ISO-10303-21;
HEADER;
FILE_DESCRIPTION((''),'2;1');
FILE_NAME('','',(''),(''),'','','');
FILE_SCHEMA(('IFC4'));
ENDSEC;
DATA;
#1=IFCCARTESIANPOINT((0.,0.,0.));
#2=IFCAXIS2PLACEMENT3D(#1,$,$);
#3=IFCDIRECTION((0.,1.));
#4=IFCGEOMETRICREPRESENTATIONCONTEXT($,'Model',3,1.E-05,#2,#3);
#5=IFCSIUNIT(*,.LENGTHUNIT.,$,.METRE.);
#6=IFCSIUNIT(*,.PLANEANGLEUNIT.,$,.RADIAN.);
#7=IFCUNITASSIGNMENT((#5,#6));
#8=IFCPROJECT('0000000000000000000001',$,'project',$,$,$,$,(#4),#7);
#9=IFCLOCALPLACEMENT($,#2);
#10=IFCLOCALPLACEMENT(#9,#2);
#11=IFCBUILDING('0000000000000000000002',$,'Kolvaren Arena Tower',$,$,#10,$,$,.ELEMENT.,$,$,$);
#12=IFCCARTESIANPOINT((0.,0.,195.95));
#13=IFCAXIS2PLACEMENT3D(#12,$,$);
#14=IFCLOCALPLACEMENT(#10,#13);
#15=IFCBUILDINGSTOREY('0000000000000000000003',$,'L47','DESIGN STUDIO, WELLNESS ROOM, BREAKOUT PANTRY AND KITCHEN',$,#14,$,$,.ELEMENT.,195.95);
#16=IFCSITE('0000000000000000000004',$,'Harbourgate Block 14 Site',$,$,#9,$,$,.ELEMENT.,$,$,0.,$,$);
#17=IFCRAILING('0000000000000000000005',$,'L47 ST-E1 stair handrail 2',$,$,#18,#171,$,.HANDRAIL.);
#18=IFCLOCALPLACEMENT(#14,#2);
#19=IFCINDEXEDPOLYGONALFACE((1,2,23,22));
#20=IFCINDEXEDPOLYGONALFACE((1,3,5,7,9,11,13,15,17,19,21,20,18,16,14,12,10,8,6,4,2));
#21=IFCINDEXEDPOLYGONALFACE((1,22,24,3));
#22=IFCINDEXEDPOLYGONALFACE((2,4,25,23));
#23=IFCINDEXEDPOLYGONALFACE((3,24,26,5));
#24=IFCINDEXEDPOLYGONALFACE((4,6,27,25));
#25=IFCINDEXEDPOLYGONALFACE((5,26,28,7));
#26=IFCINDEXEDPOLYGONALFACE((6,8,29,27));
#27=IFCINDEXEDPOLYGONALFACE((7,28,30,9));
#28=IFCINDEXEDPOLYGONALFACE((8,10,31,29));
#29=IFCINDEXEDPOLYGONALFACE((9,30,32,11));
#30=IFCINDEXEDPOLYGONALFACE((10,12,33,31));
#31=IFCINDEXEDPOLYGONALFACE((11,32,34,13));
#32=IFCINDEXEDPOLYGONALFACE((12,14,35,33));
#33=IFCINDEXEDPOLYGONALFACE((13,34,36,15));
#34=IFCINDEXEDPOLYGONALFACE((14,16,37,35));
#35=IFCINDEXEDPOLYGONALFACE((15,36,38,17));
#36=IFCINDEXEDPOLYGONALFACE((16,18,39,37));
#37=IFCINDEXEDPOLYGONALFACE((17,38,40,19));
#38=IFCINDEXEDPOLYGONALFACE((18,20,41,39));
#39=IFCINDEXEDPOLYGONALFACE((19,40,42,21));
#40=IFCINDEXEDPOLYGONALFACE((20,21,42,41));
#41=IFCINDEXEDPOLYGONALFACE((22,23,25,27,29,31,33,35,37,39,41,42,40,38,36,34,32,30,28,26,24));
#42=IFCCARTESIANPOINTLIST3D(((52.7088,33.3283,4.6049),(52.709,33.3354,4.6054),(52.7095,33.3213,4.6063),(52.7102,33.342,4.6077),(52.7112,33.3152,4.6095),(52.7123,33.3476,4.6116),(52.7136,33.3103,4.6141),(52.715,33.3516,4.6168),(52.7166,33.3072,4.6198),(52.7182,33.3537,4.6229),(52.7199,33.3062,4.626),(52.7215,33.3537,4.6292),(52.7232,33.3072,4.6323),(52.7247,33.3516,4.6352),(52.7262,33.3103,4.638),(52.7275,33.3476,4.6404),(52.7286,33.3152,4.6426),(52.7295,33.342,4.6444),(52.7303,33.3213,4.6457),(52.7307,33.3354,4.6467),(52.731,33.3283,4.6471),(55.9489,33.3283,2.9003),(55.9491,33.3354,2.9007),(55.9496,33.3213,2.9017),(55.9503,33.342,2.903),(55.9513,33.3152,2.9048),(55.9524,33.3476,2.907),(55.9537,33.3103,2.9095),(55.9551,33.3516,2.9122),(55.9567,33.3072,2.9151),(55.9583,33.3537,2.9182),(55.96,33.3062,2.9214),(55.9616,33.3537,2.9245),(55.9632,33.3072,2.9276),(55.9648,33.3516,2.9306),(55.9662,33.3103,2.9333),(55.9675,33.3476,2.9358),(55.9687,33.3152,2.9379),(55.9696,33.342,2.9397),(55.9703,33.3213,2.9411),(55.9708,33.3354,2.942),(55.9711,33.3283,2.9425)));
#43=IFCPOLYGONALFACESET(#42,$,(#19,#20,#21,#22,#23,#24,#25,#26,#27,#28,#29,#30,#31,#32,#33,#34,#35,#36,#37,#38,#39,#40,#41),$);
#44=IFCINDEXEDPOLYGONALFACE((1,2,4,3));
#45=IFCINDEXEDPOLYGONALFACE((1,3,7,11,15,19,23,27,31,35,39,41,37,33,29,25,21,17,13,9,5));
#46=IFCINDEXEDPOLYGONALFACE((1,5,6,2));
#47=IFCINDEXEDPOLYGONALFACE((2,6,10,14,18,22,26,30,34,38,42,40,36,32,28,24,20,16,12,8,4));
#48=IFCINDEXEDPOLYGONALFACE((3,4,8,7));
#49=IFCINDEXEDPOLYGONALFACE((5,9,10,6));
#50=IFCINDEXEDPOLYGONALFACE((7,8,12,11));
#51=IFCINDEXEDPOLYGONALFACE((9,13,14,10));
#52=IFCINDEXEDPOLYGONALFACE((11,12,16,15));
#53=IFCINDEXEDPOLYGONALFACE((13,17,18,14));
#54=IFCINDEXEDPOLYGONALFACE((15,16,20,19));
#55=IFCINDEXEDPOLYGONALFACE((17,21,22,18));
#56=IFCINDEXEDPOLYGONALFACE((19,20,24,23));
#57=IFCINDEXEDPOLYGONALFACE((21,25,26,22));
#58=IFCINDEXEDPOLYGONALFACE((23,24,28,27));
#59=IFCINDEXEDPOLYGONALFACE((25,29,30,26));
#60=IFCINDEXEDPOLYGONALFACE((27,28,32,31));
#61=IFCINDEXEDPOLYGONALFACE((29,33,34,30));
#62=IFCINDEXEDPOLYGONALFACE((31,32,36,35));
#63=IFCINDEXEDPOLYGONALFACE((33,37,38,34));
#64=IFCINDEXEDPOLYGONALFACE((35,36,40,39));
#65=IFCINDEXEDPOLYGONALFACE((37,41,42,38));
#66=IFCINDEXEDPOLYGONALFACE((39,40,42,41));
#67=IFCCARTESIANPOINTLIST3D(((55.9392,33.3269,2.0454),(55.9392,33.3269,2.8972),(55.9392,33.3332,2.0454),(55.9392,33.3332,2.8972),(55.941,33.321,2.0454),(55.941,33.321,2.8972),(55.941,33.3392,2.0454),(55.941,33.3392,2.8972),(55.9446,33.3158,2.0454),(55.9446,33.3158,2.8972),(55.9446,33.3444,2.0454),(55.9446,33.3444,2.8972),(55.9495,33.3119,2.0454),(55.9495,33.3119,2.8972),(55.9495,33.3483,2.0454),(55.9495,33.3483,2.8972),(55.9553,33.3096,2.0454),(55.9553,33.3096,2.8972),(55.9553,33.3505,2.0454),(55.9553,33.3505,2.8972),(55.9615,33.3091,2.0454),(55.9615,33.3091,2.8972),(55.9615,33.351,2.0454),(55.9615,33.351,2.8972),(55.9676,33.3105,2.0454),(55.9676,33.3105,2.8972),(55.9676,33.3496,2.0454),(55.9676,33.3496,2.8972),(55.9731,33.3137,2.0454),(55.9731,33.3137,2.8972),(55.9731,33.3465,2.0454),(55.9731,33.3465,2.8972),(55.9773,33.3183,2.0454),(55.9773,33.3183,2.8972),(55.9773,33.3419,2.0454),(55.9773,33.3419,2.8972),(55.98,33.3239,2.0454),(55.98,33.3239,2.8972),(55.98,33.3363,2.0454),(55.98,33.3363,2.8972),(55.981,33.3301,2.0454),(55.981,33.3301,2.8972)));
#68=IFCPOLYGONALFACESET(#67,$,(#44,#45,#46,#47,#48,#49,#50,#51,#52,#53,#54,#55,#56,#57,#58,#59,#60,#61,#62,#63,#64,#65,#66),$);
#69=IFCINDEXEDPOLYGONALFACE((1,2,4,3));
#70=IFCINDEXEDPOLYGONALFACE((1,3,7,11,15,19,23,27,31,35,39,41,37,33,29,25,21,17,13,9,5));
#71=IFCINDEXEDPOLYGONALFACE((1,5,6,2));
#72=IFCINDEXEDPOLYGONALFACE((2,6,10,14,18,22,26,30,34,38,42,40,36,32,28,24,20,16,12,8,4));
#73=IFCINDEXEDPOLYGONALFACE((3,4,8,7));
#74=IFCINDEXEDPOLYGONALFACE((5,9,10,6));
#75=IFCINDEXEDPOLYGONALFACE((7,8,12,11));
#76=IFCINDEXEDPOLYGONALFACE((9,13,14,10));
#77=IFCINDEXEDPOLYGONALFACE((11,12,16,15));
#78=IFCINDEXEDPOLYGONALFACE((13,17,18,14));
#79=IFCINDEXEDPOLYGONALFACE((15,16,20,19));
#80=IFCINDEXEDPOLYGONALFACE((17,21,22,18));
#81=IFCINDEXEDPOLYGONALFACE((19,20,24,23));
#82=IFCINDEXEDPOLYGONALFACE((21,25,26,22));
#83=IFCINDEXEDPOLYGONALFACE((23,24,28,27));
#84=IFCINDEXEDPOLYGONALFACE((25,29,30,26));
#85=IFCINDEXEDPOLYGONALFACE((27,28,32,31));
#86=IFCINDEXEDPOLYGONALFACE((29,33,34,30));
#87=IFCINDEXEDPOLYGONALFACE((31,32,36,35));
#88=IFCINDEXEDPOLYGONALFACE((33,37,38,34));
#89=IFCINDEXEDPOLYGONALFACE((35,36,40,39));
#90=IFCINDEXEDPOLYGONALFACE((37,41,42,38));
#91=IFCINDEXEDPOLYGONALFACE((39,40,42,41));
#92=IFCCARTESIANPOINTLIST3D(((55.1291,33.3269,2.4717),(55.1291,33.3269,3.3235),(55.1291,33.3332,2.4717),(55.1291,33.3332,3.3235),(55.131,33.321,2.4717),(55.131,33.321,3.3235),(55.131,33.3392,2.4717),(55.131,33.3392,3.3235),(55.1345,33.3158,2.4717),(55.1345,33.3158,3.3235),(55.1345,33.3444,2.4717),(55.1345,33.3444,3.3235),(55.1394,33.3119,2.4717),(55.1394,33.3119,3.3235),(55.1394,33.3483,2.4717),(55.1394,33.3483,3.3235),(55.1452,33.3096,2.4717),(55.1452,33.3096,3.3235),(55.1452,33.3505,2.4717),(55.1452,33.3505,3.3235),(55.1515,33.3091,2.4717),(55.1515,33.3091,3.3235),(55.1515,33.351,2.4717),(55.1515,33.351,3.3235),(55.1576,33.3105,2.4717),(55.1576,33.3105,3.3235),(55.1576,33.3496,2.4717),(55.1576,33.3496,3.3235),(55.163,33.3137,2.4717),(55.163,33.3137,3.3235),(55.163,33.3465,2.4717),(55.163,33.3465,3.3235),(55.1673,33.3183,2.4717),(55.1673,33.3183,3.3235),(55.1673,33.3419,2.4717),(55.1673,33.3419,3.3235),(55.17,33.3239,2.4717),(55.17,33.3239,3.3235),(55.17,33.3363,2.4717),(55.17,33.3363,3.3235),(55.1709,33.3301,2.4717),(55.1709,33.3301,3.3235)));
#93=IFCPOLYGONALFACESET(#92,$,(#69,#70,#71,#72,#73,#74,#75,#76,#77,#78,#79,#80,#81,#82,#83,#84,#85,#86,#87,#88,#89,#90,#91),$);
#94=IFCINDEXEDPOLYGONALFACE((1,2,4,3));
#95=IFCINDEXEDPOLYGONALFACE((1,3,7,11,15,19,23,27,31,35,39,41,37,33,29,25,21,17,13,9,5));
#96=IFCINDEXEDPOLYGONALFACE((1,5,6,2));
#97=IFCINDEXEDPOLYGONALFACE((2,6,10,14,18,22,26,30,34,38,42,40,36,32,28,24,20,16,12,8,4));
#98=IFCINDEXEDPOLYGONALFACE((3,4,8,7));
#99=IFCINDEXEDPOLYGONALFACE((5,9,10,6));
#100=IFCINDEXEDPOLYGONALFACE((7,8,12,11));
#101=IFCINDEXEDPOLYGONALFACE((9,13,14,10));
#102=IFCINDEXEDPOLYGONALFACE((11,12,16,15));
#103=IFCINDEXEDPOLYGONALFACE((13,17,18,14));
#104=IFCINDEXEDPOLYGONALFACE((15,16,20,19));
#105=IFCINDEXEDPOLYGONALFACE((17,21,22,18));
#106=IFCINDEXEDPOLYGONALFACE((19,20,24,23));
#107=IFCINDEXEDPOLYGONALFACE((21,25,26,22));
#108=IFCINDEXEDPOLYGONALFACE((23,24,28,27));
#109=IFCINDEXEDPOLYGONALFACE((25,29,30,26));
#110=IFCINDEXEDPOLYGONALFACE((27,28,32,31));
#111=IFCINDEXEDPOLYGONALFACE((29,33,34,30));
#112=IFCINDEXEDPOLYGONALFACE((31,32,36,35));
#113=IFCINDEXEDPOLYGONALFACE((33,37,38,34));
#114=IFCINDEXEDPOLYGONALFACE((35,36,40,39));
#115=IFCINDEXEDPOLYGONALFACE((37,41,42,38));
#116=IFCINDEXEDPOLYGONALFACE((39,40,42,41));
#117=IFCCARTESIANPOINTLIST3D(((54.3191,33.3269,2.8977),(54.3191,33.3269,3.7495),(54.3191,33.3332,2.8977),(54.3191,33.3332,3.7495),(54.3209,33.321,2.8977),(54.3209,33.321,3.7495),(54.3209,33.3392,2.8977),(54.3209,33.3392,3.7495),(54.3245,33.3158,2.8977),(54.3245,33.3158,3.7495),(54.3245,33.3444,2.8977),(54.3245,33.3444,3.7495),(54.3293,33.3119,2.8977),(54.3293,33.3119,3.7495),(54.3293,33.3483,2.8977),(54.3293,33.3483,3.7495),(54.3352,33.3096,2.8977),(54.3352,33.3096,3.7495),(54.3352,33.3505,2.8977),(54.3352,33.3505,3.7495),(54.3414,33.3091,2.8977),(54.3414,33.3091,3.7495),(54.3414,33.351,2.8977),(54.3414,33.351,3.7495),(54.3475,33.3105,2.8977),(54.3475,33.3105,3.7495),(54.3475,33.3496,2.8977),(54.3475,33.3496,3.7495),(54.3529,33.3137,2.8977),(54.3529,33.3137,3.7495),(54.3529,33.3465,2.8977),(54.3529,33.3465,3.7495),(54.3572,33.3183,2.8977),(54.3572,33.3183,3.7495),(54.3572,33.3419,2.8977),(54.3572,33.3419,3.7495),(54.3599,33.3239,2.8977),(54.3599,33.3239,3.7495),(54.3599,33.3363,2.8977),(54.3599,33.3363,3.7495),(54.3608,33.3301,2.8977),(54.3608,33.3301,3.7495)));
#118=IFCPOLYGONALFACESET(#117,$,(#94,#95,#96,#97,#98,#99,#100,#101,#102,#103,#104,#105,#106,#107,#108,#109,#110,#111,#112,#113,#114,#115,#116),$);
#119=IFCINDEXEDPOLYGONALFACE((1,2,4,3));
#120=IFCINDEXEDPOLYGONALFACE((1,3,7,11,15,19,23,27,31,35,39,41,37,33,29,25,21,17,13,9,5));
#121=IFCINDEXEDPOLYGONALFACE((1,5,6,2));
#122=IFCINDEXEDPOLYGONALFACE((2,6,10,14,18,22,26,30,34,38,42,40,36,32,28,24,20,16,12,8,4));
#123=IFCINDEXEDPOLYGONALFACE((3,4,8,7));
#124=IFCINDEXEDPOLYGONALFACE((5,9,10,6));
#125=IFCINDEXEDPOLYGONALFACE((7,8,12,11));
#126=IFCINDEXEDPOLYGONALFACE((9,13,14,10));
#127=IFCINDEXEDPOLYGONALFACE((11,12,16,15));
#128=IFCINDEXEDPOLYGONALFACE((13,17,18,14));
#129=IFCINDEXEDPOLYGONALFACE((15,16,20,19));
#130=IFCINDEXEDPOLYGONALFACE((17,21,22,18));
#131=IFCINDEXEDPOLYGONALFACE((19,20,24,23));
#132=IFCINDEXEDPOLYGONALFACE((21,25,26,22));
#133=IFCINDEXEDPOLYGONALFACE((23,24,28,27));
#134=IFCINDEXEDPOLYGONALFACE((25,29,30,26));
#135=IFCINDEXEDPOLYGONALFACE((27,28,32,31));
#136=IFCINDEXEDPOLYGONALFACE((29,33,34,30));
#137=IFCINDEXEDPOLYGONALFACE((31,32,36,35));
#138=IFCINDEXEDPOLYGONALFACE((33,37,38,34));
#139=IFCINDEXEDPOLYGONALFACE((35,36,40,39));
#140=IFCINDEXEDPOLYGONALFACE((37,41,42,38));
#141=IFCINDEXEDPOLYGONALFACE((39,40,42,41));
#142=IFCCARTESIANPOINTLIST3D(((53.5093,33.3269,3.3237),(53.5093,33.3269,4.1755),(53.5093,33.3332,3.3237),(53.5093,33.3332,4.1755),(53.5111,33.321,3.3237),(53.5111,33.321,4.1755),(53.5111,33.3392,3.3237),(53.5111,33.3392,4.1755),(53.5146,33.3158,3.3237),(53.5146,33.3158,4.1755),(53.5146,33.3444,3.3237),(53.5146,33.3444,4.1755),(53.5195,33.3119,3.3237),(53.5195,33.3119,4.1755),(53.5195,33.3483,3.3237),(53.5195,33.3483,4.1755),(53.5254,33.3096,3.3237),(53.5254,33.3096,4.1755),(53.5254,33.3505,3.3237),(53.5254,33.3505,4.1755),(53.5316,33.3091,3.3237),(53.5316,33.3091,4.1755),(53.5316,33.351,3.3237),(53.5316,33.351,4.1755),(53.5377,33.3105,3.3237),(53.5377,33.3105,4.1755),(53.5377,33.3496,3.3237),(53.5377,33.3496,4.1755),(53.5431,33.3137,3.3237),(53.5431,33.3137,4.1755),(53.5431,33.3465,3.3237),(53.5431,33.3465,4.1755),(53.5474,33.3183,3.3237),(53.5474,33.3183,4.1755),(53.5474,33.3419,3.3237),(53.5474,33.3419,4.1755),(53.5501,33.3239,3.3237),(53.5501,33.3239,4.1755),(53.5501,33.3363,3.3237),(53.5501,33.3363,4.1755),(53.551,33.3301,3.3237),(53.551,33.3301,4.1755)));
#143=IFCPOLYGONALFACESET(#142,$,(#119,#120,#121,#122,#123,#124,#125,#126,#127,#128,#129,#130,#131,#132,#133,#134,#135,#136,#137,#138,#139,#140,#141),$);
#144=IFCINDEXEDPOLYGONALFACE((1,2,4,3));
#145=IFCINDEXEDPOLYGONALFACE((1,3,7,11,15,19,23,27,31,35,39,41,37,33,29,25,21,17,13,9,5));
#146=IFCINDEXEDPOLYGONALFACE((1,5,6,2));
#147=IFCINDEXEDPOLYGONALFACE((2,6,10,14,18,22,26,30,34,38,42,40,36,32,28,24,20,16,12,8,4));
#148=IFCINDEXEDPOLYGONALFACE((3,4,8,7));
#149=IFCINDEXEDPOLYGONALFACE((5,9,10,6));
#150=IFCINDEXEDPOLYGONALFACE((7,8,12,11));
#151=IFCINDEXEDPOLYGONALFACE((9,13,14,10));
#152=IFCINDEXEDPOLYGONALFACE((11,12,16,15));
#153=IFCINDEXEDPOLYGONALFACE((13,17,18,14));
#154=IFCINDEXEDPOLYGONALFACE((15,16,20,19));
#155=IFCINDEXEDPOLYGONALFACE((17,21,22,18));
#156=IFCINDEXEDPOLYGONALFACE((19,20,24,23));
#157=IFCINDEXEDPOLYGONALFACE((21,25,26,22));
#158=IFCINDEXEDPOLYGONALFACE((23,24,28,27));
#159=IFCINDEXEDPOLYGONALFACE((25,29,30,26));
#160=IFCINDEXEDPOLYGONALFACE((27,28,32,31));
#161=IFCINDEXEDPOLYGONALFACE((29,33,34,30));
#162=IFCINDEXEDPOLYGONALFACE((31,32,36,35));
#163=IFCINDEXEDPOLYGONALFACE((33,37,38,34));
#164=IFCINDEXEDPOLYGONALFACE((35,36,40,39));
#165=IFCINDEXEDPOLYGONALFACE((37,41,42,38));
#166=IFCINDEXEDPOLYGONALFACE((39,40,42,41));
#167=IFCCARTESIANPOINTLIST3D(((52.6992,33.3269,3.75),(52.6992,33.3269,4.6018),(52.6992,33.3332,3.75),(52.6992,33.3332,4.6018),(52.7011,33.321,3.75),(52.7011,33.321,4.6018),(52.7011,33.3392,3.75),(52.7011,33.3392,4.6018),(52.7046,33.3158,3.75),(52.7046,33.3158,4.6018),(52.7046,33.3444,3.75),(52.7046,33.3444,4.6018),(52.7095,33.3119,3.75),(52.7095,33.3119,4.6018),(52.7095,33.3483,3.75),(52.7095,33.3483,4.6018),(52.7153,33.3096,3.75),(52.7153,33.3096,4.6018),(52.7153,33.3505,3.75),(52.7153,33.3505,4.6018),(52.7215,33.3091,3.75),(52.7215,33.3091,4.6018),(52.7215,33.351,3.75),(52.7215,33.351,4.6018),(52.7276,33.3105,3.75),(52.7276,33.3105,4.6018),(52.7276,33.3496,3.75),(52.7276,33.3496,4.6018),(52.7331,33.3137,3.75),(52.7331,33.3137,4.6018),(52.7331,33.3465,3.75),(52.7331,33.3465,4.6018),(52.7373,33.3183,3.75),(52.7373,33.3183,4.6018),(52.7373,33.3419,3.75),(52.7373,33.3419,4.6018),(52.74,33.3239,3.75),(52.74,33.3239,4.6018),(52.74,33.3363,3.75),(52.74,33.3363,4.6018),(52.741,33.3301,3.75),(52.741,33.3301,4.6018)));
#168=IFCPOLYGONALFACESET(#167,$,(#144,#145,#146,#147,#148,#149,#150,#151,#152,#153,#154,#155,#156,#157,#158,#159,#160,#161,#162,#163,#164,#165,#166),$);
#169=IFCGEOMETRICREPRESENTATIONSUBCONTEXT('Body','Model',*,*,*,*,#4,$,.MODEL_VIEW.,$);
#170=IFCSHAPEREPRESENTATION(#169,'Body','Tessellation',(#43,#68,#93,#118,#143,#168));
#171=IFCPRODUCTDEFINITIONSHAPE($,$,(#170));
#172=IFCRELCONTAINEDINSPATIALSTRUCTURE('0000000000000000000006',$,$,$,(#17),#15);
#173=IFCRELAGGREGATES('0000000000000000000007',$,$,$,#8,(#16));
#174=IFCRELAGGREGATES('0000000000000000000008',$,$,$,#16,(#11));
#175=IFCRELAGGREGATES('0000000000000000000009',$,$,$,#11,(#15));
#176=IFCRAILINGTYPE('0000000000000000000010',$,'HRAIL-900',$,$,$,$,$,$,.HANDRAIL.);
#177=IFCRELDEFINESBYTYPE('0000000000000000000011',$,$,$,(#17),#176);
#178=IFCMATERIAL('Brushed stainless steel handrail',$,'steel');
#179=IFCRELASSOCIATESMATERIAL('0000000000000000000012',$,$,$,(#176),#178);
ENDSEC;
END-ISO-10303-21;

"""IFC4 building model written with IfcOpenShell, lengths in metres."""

from ifc_helpers import new_model, si_unit, direction, frame, origin, origin_2d, place, context, subcontext, project, spatial, circle, extrude, material, type_object, element, save


model = new_model("IFC4")

# Units and contexts
model_context = context("Model", 3, precision=1e-05, world=origin(), true_north=direction((0.0, 1.0)))
body_context = subcontext(model_context, "Body", "Model", "MODEL_VIEW")
ifc_project = project(units=[si_unit("LENGTHUNIT", "METRE"), si_unit("PLANEANGLEUNIT", "RADIAN")], contexts=[model_context])

# Site, building, storey
site_placement = place(None, origin())
site = spatial("IfcSite", under=ifc_project, at=site_placement, Name="Harbourgate Block 14 Site", CompositionType="ELEMENT", RefElevation=0.0)
building_placement = place(site_placement, origin())
building = spatial("IfcBuilding", under=site, at=building_placement, Name="Kolvaren Arena Tower", CompositionType="ELEMENT")
storey_placement = place(building_placement, frame((0.0, 0.0, 195.95)))
storey = spatial("IfcBuildingStorey", under=building, at=storey_placement, Name="L47", Description="DESIGN STUDIO, WELLNESS ROOM, BREAKOUT PANTRY AND KITCHEN", CompositionType="ELEMENT", Elevation=195.95)

# Railing
ifc_material_1 = material(Name="Brushed stainless steel handrail", Category="steel")
railing_type_1 = type_object("IfcRailingType", Name="HRAIL-900", PredefinedType="HANDRAIL", material=ifc_material_1)
railing_1_placement = place(storey_placement, frame((55.96, 33.3301, 2.0454)))
element("IfcRailing", 1, at=railing_1_placement, inside=storey, type_object=railing_type_1, Name="L47 ST-E1 stair handrail 2", PredefinedType="HANDRAIL", context=body_context, shape_type="SweptSolid", body=[
    extrude(circle(Radius=0.0239, at=origin_2d()), frame((0.0, 0.0, 0.876), z_axis=(-0.884993, 0.0, 0.465604), x_axis=(0.0, -1.0, 0.0)), (0.0, 0.0, 1.0), 3.6611),
    extrude(circle(Radius=0.021, at=origin_2d()), origin(), (0.0, 0.0, 1.0), 0.8518),
    extrude(circle(Radius=0.021, at=origin_2d()), frame((-0.8101, 0.0, 0.4263)), (0.0, 0.0, 1.0), 0.8518),
    extrude(circle(Radius=0.021, at=origin_2d()), frame((-1.6201, 0.0, 0.8523)), (0.0, 0.0, 1.0), 0.8518),
    extrude(circle(Radius=0.021, at=origin_2d()), frame((-2.4299, 0.0, 1.2783)), (0.0, 0.0, 1.0), 0.8518),
    extrude(circle(Radius=0.021, at=origin_2d()), frame((-3.24, 0.0, 1.7046)), (0.0, 0.0, 1.0), 0.8518),
])

save(model, "model.ifc")
